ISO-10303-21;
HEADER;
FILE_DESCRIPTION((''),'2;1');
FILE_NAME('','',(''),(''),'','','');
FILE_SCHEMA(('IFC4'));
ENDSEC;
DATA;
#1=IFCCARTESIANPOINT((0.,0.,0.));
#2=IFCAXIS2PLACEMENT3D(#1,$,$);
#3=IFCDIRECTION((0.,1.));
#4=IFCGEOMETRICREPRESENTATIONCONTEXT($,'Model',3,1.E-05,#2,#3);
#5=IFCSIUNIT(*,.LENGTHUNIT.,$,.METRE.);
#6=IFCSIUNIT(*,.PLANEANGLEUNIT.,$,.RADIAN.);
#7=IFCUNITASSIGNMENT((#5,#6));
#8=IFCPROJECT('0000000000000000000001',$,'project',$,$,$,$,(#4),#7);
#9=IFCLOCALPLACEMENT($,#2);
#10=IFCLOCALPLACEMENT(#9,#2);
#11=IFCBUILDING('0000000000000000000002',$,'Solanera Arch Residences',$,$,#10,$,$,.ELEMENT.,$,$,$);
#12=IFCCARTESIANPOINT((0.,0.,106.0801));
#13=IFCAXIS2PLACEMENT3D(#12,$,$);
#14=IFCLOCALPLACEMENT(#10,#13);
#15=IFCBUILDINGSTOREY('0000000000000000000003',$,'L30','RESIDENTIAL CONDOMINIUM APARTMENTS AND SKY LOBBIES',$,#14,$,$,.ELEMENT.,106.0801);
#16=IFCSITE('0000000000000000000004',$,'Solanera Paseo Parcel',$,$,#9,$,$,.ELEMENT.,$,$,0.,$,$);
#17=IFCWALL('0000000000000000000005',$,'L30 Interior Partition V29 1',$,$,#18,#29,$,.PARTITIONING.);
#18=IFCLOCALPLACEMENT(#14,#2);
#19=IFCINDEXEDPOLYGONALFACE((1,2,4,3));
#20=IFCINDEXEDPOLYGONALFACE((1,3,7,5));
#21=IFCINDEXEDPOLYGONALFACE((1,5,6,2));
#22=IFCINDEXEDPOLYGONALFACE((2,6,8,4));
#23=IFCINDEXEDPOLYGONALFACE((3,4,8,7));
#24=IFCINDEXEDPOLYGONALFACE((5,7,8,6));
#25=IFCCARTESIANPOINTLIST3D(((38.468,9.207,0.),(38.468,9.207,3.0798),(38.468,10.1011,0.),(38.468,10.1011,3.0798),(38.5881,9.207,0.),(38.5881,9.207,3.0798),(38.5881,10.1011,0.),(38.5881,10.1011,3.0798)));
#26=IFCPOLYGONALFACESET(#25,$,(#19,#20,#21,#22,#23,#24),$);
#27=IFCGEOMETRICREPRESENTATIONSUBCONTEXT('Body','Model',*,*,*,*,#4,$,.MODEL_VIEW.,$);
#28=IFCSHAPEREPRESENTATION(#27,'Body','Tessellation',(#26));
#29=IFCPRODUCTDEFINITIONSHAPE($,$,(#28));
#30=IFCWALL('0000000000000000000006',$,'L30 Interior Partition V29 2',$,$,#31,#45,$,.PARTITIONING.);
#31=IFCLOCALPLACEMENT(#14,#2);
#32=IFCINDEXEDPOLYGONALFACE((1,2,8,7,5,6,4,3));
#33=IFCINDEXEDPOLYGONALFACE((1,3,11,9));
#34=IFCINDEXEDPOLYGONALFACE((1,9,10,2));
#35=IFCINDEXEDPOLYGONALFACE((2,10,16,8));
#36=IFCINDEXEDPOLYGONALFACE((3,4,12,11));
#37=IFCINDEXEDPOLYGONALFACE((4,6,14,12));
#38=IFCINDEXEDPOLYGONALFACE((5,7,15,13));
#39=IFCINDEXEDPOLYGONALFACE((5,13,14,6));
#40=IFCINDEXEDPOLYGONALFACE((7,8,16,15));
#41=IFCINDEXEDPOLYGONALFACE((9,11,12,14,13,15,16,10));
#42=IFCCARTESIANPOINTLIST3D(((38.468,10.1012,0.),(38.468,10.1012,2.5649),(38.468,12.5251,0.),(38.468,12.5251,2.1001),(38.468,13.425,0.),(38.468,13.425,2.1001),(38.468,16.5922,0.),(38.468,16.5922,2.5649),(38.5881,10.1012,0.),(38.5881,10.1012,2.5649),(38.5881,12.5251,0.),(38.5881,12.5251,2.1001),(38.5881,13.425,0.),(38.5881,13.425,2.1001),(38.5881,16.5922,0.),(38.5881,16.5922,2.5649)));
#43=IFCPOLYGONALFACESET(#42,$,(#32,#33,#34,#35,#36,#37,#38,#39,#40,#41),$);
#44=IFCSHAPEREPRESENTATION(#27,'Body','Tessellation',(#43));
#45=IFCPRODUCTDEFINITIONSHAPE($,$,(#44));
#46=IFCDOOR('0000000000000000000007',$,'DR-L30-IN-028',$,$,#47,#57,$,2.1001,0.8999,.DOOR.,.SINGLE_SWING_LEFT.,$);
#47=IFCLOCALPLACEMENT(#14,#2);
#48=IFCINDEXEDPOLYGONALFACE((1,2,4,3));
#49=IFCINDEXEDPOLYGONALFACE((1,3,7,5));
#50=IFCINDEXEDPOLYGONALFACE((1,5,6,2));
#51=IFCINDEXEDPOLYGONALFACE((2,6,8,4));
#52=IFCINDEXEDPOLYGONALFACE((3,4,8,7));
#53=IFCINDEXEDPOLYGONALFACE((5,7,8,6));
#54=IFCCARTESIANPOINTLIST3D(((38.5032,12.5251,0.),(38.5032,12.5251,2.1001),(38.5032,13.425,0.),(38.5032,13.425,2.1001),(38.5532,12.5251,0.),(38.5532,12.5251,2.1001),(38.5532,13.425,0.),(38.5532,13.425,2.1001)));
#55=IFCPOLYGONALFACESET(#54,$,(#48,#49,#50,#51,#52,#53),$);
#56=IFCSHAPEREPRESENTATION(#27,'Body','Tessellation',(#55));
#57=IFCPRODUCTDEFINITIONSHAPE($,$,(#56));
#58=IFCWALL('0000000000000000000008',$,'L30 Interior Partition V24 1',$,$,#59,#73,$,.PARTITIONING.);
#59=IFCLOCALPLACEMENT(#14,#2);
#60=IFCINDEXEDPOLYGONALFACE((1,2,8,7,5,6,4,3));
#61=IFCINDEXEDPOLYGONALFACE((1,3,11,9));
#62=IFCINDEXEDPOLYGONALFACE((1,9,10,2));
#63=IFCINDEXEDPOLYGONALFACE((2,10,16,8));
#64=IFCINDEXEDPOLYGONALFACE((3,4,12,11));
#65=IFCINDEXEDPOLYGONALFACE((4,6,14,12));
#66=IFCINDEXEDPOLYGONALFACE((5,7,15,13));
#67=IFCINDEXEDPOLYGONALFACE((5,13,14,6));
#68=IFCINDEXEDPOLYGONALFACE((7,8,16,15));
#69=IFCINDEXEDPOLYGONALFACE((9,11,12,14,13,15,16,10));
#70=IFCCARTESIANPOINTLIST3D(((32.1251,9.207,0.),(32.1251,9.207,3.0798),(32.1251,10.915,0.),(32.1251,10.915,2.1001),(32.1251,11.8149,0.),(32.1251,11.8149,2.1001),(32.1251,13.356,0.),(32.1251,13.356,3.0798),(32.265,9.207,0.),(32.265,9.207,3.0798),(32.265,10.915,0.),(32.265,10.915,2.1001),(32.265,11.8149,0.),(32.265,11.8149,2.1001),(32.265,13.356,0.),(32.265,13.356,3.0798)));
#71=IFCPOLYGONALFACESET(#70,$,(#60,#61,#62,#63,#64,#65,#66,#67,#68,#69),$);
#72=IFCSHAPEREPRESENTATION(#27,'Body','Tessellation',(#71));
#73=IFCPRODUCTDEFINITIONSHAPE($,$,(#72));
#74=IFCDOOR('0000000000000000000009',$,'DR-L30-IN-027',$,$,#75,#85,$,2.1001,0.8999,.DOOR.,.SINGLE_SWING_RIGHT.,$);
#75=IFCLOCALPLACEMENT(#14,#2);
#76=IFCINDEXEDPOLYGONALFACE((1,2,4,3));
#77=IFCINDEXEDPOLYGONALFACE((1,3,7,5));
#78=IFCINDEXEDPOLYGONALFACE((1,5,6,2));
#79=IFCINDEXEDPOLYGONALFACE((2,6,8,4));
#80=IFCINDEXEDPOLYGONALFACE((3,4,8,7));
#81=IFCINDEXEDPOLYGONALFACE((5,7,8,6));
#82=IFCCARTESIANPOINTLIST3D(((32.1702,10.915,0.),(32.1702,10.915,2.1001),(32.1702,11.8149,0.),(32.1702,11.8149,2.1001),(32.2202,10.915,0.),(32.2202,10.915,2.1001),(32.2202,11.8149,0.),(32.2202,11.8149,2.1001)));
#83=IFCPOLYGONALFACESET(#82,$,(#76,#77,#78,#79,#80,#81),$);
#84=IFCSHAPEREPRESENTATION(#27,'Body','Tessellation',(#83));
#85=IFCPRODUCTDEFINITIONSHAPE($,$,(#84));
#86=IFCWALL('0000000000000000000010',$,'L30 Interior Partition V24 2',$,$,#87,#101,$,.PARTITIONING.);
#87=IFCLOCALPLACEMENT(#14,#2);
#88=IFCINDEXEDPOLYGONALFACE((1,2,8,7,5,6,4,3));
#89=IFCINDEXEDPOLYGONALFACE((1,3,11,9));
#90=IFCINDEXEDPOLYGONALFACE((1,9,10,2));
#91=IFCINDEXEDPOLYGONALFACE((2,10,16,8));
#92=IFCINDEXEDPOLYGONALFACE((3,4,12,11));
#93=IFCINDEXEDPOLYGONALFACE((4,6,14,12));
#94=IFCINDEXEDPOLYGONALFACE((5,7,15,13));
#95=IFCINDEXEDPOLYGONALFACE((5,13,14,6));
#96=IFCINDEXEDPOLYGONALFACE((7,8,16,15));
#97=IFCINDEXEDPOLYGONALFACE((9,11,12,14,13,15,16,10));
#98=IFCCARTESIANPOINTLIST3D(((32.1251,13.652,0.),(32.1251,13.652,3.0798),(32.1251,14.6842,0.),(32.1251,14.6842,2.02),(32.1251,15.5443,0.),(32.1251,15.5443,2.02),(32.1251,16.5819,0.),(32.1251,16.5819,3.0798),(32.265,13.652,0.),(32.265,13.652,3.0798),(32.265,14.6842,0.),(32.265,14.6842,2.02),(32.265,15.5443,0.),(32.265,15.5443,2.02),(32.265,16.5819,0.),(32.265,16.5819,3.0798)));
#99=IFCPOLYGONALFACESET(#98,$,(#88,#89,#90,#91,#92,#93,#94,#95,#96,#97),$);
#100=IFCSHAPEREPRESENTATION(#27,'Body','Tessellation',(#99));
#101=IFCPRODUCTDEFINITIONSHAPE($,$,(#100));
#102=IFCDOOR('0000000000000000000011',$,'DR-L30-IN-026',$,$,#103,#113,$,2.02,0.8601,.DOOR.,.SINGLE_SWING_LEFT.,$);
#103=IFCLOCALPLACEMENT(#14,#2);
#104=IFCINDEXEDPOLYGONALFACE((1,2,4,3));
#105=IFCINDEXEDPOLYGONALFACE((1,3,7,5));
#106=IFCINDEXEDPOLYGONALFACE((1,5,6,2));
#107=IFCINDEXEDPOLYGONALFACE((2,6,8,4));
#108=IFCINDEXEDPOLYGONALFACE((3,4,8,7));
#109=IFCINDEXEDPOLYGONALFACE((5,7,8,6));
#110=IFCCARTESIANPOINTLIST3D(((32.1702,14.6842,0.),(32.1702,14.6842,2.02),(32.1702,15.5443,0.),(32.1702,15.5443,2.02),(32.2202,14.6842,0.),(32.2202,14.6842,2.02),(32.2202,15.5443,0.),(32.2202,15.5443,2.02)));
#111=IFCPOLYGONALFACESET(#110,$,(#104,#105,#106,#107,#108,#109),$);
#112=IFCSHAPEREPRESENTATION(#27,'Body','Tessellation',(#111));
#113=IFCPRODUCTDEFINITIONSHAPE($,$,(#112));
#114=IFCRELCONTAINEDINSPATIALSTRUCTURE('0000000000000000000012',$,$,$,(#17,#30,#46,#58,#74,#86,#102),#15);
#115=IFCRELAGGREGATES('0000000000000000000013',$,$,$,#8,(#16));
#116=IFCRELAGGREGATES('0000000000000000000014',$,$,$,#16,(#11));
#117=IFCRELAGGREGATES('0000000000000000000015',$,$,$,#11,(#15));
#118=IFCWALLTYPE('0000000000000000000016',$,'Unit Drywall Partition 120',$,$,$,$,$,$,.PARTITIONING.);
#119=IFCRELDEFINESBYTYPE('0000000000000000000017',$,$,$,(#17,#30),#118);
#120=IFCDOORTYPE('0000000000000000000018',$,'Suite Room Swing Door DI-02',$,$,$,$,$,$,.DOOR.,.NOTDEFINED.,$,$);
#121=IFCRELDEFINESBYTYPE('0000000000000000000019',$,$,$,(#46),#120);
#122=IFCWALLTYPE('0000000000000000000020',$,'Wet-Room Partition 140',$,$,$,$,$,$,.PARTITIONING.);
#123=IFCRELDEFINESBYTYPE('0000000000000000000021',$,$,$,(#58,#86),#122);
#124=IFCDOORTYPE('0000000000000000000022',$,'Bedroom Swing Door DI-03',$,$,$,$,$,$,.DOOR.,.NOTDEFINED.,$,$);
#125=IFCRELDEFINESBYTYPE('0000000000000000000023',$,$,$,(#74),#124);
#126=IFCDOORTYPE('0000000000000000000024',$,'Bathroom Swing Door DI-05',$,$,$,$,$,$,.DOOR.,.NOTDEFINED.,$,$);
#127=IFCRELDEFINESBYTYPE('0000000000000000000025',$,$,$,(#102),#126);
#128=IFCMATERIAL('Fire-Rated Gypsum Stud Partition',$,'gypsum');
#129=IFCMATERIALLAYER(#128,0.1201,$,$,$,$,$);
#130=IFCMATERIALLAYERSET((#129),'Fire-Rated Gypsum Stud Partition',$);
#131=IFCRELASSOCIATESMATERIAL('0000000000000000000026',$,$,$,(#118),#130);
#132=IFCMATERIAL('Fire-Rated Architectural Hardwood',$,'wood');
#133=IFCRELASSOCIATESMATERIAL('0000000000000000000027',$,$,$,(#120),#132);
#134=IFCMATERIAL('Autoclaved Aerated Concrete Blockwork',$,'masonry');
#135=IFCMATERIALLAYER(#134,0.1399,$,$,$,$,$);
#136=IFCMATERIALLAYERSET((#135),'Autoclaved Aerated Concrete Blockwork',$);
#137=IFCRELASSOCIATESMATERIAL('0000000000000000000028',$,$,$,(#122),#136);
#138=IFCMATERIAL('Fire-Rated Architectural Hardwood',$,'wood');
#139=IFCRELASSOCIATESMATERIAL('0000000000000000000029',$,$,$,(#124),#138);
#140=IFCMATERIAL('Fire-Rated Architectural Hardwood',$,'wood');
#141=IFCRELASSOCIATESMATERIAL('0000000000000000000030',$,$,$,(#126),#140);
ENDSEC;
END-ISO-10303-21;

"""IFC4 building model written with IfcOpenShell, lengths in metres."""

from ifc_helpers import new_model, si_unit, direction, frame, frame_2d, origin, place, context, subcontext, project, spatial, rectangle, extrude, material, layer, layer_set, type_object, element, fill, save


model = new_model("IFC4")

# Units and contexts
model_context = context("Model", 3, precision=1e-05, world=origin(), true_north=direction((0.0, 1.0)))
body_context = subcontext(model_context, "Body", "Model", "MODEL_VIEW")
ifc_project = project(units=[si_unit("LENGTHUNIT", "METRE"), si_unit("PLANEANGLEUNIT", "RADIAN")], contexts=[model_context])

# Site, building, storey
site_placement = place(None, origin())
site = spatial("IfcSite", under=ifc_project, at=site_placement, Name="Solanera Paseo Parcel", CompositionType="ELEMENT", RefElevation=0.0)
building_placement = place(site_placement, origin())
building = spatial("IfcBuilding", under=site, at=building_placement, Name="Solanera Arch Residences", CompositionType="ELEMENT")
storey_placement = place(building_placement, frame((0.0, 0.0, 106.0801)))
storey = spatial("IfcBuildingStorey", under=building, at=storey_placement, Name="L30", Description="RESIDENTIAL CONDOMINIUM APARTMENTS AND SKY LOBBIES", CompositionType="ELEMENT", Elevation=106.0801)

# Wall
ifc_material_1 = material(Name="Fire-Rated Gypsum Stud Partition", Category="gypsum")
ifc_layer_1 = layer(ifc_material_1, 0.1201)
ifc_layer_set_1 = layer_set([ifc_layer_1], Name="Fire-Rated Gypsum Stud Partition")
wall_type_1 = type_object("IfcWallType", Name="Unit Drywall Partition 120", PredefinedType="PARTITIONING", material=ifc_layer_set_1)
wall_1_placement = place(storey_placement, frame((38.5281, 9.207, 0.0), z_axis=(0.0, 0.0, 1.0), x_axis=(0.0, 1.0, 0.0)))
element("IfcWall", 1, at=wall_1_placement, inside=storey, type_object=wall_type_1, Name="L30 Interior Partition V29 1", PredefinedType="PARTITIONING", context=body_context, shape_type="SweptSolid", body=[
    extrude(rectangle(XDim=0.894, YDim=0.1201, at=frame_2d((0.447, 0.0))), origin(), (0.0, 0.0, 1.0), 3.0798),
])

# Walls, openings, doors
wall_2_placement = place(storey_placement, frame((38.5281, 10.1011, 0.0), z_axis=(0.0, 0.0, 1.0), x_axis=(0.0, 1.0, 0.0)))
wall_2 = element("IfcWall", 2, at=wall_2_placement, inside=storey, type_object=wall_type_1, Name="L30 Interior Partition V29 2", PredefinedType="PARTITIONING", context=body_context, shape_type="SweptSolid", body=[
    extrude(rectangle(XDim=6.491, YDim=0.1201, at=frame_2d((3.2456, 0.0))), origin(), (0.0, 0.0, 1.0), 2.5649),
])
opening_1_placement = place(wall_2_placement, frame((2.4241, 0.0, 0.0)))
opening_1 = element("IfcOpeningElement", 3, at=opening_1_placement, cuts=wall_2, PredefinedType="OPENING", context=body_context, shape_type="SweptSolid", body=[
    extrude(rectangle(XDim=0.8999, YDim=2.1001, at=frame_2d((0.45, 1.05))), frame((0.0, 0.0701, 0.0), z_axis=(0.0, -1.0, 0.0), x_axis=(1.0, 0.0, 0.0)), (0.0, 0.0, 1.0), 0.1401),
])
ifc_material_2 = material(Name="Fire-Rated Architectural Hardwood", Category="wood")
door_type_1 = type_object("IfcDoorType", Name="Suite Room Swing Door DI-02", OperationType="NOTDEFINED", PredefinedType="DOOR", material=ifc_material_2)
door_1_placement = place(opening_1_placement, origin())
door_1 = element("IfcDoor", 4, at=door_1_placement, inside=storey, type_object=door_type_1, Name="DR-L30-IN-028", OperationType="SINGLE_SWING_LEFT", OverallHeight=2.1001, OverallWidth=0.8999, PredefinedType="DOOR", context=body_context, shape_type="SweptSolid", body=[
    extrude(rectangle(XDim=0.8999, YDim=2.1001, at=frame_2d((0.45, 1.05))), frame((0.0, 0.0249, 0.0), z_axis=(0.0, -1.0, 0.0), x_axis=(1.0, 0.0, 0.0)), (0.0, 0.0, 1.0), 0.05),
])
fill(opening_1, door_1)
ifc_material_3 = material(Name="Autoclaved Aerated Concrete Blockwork", Category="masonry")
ifc_layer_2 = layer(ifc_material_3, 0.1399)
ifc_layer_set_2 = layer_set([ifc_layer_2], Name="Autoclaved Aerated Concrete Blockwork")
wall_type_2 = type_object("IfcWallType", Name="Wet-Room Partition 140", PredefinedType="PARTITIONING", material=ifc_layer_set_2)
wall_3_placement = place(storey_placement, frame((32.1951, 9.207, 0.0), z_axis=(0.0, 0.0, 1.0), x_axis=(0.0, 1.0, 0.0)))
wall_3 = element("IfcWall", 5, at=wall_3_placement, inside=storey, type_object=wall_type_2, Name="L30 Interior Partition V24 1", PredefinedType="PARTITIONING", context=body_context, shape_type="SweptSolid", body=[
    extrude(rectangle(XDim=4.1489, YDim=0.1399, at=frame_2d((2.0745, 0.0))), origin(), (0.0, 0.0, 1.0), 3.0798),
])
opening_2_placement = place(wall_3_placement, frame((1.708, 0.0, 0.0)))
opening_2 = element("IfcOpeningElement", 6, at=opening_2_placement, cuts=wall_3, PredefinedType="OPENING", context=body_context, shape_type="SweptSolid", body=[
    extrude(rectangle(XDim=0.8999, YDim=2.1001, at=frame_2d((0.45, 1.05))), frame((0.0, 0.0798, 0.0), z_axis=(0.0, -1.0, 0.0), x_axis=(1.0, 0.0, 0.0)), (0.0, 0.0, 1.0), 0.1599),
])
ifc_material_4 = material(Name="Fire-Rated Architectural Hardwood", Category="wood")
door_type_2 = type_object("IfcDoorType", Name="Bedroom Swing Door DI-03", OperationType="NOTDEFINED", PredefinedType="DOOR", material=ifc_material_4)
door_2_placement = place(opening_2_placement, origin())
door_2 = element("IfcDoor", 7, at=door_2_placement, inside=storey, type_object=door_type_2, Name="DR-L30-IN-027", OperationType="SINGLE_SWING_RIGHT", OverallHeight=2.1001, OverallWidth=0.8999, PredefinedType="DOOR", context=body_context, shape_type="SweptSolid", body=[
    extrude(rectangle(XDim=0.8999, YDim=2.1001, at=frame_2d((0.45, 1.05))), frame((0.0, 0.0249, 0.0), z_axis=(0.0, -1.0, 0.0), x_axis=(1.0, 0.0, 0.0)), (0.0, 0.0, 1.0), 0.05),
])
fill(opening_2, door_2)
wall_4_placement = place(storey_placement, frame((32.1951, 13.6521, 0.0), z_axis=(0.0, 0.0, 1.0), x_axis=(0.0, 1.0, 0.0)))
wall_4 = element("IfcWall", 8, at=wall_4_placement, inside=storey, type_object=wall_type_2, Name="L30 Interior Partition V24 2", PredefinedType="PARTITIONING", context=body_context, shape_type="SweptSolid", body=[
    extrude(rectangle(XDim=2.9299, YDim=0.1399, at=frame_2d((1.4648, 0.0))), origin(), (0.0, 0.0, 1.0), 3.0798),
])
opening_3_placement = place(wall_4_placement, frame((1.032, 0.0, 0.0)))
opening_3 = element("IfcOpeningElement", 9, at=opening_3_placement, cuts=wall_4, PredefinedType="OPENING", context=body_context, shape_type="SweptSolid", body=[
    extrude(rectangle(XDim=0.8601, YDim=2.02, at=frame_2d((0.4302, 1.01))), frame((0.0, 0.0798, 0.0), z_axis=(0.0, -1.0, 0.0), x_axis=(1.0, 0.0, 0.0)), (0.0, 0.0, 1.0), 0.1599),
])
ifc_material_5 = material(Name="Fire-Rated Architectural Hardwood", Category="wood")
door_type_3 = type_object("IfcDoorType", Name="Bathroom Swing Door DI-05", OperationType="NOTDEFINED", PredefinedType="DOOR", material=ifc_material_5)
door_3_placement = place(opening_3_placement, origin())
door_3 = element("IfcDoor", 10, at=door_3_placement, inside=storey, type_object=door_type_3, Name="DR-L30-IN-026", OperationType="SINGLE_SWING_LEFT", OverallHeight=2.02, OverallWidth=0.8601, PredefinedType="DOOR", context=body_context, shape_type="SweptSolid", body=[
    extrude(rectangle(XDim=0.8601, YDim=2.02, at=frame_2d((0.4302, 1.01))), frame((0.0, 0.0249, 0.0), z_axis=(0.0, -1.0, 0.0), x_axis=(1.0, 0.0, 0.0)), (0.0, 0.0, 1.0), 0.05),
])
fill(opening_3, door_3)

save(model, "model.ifc")
